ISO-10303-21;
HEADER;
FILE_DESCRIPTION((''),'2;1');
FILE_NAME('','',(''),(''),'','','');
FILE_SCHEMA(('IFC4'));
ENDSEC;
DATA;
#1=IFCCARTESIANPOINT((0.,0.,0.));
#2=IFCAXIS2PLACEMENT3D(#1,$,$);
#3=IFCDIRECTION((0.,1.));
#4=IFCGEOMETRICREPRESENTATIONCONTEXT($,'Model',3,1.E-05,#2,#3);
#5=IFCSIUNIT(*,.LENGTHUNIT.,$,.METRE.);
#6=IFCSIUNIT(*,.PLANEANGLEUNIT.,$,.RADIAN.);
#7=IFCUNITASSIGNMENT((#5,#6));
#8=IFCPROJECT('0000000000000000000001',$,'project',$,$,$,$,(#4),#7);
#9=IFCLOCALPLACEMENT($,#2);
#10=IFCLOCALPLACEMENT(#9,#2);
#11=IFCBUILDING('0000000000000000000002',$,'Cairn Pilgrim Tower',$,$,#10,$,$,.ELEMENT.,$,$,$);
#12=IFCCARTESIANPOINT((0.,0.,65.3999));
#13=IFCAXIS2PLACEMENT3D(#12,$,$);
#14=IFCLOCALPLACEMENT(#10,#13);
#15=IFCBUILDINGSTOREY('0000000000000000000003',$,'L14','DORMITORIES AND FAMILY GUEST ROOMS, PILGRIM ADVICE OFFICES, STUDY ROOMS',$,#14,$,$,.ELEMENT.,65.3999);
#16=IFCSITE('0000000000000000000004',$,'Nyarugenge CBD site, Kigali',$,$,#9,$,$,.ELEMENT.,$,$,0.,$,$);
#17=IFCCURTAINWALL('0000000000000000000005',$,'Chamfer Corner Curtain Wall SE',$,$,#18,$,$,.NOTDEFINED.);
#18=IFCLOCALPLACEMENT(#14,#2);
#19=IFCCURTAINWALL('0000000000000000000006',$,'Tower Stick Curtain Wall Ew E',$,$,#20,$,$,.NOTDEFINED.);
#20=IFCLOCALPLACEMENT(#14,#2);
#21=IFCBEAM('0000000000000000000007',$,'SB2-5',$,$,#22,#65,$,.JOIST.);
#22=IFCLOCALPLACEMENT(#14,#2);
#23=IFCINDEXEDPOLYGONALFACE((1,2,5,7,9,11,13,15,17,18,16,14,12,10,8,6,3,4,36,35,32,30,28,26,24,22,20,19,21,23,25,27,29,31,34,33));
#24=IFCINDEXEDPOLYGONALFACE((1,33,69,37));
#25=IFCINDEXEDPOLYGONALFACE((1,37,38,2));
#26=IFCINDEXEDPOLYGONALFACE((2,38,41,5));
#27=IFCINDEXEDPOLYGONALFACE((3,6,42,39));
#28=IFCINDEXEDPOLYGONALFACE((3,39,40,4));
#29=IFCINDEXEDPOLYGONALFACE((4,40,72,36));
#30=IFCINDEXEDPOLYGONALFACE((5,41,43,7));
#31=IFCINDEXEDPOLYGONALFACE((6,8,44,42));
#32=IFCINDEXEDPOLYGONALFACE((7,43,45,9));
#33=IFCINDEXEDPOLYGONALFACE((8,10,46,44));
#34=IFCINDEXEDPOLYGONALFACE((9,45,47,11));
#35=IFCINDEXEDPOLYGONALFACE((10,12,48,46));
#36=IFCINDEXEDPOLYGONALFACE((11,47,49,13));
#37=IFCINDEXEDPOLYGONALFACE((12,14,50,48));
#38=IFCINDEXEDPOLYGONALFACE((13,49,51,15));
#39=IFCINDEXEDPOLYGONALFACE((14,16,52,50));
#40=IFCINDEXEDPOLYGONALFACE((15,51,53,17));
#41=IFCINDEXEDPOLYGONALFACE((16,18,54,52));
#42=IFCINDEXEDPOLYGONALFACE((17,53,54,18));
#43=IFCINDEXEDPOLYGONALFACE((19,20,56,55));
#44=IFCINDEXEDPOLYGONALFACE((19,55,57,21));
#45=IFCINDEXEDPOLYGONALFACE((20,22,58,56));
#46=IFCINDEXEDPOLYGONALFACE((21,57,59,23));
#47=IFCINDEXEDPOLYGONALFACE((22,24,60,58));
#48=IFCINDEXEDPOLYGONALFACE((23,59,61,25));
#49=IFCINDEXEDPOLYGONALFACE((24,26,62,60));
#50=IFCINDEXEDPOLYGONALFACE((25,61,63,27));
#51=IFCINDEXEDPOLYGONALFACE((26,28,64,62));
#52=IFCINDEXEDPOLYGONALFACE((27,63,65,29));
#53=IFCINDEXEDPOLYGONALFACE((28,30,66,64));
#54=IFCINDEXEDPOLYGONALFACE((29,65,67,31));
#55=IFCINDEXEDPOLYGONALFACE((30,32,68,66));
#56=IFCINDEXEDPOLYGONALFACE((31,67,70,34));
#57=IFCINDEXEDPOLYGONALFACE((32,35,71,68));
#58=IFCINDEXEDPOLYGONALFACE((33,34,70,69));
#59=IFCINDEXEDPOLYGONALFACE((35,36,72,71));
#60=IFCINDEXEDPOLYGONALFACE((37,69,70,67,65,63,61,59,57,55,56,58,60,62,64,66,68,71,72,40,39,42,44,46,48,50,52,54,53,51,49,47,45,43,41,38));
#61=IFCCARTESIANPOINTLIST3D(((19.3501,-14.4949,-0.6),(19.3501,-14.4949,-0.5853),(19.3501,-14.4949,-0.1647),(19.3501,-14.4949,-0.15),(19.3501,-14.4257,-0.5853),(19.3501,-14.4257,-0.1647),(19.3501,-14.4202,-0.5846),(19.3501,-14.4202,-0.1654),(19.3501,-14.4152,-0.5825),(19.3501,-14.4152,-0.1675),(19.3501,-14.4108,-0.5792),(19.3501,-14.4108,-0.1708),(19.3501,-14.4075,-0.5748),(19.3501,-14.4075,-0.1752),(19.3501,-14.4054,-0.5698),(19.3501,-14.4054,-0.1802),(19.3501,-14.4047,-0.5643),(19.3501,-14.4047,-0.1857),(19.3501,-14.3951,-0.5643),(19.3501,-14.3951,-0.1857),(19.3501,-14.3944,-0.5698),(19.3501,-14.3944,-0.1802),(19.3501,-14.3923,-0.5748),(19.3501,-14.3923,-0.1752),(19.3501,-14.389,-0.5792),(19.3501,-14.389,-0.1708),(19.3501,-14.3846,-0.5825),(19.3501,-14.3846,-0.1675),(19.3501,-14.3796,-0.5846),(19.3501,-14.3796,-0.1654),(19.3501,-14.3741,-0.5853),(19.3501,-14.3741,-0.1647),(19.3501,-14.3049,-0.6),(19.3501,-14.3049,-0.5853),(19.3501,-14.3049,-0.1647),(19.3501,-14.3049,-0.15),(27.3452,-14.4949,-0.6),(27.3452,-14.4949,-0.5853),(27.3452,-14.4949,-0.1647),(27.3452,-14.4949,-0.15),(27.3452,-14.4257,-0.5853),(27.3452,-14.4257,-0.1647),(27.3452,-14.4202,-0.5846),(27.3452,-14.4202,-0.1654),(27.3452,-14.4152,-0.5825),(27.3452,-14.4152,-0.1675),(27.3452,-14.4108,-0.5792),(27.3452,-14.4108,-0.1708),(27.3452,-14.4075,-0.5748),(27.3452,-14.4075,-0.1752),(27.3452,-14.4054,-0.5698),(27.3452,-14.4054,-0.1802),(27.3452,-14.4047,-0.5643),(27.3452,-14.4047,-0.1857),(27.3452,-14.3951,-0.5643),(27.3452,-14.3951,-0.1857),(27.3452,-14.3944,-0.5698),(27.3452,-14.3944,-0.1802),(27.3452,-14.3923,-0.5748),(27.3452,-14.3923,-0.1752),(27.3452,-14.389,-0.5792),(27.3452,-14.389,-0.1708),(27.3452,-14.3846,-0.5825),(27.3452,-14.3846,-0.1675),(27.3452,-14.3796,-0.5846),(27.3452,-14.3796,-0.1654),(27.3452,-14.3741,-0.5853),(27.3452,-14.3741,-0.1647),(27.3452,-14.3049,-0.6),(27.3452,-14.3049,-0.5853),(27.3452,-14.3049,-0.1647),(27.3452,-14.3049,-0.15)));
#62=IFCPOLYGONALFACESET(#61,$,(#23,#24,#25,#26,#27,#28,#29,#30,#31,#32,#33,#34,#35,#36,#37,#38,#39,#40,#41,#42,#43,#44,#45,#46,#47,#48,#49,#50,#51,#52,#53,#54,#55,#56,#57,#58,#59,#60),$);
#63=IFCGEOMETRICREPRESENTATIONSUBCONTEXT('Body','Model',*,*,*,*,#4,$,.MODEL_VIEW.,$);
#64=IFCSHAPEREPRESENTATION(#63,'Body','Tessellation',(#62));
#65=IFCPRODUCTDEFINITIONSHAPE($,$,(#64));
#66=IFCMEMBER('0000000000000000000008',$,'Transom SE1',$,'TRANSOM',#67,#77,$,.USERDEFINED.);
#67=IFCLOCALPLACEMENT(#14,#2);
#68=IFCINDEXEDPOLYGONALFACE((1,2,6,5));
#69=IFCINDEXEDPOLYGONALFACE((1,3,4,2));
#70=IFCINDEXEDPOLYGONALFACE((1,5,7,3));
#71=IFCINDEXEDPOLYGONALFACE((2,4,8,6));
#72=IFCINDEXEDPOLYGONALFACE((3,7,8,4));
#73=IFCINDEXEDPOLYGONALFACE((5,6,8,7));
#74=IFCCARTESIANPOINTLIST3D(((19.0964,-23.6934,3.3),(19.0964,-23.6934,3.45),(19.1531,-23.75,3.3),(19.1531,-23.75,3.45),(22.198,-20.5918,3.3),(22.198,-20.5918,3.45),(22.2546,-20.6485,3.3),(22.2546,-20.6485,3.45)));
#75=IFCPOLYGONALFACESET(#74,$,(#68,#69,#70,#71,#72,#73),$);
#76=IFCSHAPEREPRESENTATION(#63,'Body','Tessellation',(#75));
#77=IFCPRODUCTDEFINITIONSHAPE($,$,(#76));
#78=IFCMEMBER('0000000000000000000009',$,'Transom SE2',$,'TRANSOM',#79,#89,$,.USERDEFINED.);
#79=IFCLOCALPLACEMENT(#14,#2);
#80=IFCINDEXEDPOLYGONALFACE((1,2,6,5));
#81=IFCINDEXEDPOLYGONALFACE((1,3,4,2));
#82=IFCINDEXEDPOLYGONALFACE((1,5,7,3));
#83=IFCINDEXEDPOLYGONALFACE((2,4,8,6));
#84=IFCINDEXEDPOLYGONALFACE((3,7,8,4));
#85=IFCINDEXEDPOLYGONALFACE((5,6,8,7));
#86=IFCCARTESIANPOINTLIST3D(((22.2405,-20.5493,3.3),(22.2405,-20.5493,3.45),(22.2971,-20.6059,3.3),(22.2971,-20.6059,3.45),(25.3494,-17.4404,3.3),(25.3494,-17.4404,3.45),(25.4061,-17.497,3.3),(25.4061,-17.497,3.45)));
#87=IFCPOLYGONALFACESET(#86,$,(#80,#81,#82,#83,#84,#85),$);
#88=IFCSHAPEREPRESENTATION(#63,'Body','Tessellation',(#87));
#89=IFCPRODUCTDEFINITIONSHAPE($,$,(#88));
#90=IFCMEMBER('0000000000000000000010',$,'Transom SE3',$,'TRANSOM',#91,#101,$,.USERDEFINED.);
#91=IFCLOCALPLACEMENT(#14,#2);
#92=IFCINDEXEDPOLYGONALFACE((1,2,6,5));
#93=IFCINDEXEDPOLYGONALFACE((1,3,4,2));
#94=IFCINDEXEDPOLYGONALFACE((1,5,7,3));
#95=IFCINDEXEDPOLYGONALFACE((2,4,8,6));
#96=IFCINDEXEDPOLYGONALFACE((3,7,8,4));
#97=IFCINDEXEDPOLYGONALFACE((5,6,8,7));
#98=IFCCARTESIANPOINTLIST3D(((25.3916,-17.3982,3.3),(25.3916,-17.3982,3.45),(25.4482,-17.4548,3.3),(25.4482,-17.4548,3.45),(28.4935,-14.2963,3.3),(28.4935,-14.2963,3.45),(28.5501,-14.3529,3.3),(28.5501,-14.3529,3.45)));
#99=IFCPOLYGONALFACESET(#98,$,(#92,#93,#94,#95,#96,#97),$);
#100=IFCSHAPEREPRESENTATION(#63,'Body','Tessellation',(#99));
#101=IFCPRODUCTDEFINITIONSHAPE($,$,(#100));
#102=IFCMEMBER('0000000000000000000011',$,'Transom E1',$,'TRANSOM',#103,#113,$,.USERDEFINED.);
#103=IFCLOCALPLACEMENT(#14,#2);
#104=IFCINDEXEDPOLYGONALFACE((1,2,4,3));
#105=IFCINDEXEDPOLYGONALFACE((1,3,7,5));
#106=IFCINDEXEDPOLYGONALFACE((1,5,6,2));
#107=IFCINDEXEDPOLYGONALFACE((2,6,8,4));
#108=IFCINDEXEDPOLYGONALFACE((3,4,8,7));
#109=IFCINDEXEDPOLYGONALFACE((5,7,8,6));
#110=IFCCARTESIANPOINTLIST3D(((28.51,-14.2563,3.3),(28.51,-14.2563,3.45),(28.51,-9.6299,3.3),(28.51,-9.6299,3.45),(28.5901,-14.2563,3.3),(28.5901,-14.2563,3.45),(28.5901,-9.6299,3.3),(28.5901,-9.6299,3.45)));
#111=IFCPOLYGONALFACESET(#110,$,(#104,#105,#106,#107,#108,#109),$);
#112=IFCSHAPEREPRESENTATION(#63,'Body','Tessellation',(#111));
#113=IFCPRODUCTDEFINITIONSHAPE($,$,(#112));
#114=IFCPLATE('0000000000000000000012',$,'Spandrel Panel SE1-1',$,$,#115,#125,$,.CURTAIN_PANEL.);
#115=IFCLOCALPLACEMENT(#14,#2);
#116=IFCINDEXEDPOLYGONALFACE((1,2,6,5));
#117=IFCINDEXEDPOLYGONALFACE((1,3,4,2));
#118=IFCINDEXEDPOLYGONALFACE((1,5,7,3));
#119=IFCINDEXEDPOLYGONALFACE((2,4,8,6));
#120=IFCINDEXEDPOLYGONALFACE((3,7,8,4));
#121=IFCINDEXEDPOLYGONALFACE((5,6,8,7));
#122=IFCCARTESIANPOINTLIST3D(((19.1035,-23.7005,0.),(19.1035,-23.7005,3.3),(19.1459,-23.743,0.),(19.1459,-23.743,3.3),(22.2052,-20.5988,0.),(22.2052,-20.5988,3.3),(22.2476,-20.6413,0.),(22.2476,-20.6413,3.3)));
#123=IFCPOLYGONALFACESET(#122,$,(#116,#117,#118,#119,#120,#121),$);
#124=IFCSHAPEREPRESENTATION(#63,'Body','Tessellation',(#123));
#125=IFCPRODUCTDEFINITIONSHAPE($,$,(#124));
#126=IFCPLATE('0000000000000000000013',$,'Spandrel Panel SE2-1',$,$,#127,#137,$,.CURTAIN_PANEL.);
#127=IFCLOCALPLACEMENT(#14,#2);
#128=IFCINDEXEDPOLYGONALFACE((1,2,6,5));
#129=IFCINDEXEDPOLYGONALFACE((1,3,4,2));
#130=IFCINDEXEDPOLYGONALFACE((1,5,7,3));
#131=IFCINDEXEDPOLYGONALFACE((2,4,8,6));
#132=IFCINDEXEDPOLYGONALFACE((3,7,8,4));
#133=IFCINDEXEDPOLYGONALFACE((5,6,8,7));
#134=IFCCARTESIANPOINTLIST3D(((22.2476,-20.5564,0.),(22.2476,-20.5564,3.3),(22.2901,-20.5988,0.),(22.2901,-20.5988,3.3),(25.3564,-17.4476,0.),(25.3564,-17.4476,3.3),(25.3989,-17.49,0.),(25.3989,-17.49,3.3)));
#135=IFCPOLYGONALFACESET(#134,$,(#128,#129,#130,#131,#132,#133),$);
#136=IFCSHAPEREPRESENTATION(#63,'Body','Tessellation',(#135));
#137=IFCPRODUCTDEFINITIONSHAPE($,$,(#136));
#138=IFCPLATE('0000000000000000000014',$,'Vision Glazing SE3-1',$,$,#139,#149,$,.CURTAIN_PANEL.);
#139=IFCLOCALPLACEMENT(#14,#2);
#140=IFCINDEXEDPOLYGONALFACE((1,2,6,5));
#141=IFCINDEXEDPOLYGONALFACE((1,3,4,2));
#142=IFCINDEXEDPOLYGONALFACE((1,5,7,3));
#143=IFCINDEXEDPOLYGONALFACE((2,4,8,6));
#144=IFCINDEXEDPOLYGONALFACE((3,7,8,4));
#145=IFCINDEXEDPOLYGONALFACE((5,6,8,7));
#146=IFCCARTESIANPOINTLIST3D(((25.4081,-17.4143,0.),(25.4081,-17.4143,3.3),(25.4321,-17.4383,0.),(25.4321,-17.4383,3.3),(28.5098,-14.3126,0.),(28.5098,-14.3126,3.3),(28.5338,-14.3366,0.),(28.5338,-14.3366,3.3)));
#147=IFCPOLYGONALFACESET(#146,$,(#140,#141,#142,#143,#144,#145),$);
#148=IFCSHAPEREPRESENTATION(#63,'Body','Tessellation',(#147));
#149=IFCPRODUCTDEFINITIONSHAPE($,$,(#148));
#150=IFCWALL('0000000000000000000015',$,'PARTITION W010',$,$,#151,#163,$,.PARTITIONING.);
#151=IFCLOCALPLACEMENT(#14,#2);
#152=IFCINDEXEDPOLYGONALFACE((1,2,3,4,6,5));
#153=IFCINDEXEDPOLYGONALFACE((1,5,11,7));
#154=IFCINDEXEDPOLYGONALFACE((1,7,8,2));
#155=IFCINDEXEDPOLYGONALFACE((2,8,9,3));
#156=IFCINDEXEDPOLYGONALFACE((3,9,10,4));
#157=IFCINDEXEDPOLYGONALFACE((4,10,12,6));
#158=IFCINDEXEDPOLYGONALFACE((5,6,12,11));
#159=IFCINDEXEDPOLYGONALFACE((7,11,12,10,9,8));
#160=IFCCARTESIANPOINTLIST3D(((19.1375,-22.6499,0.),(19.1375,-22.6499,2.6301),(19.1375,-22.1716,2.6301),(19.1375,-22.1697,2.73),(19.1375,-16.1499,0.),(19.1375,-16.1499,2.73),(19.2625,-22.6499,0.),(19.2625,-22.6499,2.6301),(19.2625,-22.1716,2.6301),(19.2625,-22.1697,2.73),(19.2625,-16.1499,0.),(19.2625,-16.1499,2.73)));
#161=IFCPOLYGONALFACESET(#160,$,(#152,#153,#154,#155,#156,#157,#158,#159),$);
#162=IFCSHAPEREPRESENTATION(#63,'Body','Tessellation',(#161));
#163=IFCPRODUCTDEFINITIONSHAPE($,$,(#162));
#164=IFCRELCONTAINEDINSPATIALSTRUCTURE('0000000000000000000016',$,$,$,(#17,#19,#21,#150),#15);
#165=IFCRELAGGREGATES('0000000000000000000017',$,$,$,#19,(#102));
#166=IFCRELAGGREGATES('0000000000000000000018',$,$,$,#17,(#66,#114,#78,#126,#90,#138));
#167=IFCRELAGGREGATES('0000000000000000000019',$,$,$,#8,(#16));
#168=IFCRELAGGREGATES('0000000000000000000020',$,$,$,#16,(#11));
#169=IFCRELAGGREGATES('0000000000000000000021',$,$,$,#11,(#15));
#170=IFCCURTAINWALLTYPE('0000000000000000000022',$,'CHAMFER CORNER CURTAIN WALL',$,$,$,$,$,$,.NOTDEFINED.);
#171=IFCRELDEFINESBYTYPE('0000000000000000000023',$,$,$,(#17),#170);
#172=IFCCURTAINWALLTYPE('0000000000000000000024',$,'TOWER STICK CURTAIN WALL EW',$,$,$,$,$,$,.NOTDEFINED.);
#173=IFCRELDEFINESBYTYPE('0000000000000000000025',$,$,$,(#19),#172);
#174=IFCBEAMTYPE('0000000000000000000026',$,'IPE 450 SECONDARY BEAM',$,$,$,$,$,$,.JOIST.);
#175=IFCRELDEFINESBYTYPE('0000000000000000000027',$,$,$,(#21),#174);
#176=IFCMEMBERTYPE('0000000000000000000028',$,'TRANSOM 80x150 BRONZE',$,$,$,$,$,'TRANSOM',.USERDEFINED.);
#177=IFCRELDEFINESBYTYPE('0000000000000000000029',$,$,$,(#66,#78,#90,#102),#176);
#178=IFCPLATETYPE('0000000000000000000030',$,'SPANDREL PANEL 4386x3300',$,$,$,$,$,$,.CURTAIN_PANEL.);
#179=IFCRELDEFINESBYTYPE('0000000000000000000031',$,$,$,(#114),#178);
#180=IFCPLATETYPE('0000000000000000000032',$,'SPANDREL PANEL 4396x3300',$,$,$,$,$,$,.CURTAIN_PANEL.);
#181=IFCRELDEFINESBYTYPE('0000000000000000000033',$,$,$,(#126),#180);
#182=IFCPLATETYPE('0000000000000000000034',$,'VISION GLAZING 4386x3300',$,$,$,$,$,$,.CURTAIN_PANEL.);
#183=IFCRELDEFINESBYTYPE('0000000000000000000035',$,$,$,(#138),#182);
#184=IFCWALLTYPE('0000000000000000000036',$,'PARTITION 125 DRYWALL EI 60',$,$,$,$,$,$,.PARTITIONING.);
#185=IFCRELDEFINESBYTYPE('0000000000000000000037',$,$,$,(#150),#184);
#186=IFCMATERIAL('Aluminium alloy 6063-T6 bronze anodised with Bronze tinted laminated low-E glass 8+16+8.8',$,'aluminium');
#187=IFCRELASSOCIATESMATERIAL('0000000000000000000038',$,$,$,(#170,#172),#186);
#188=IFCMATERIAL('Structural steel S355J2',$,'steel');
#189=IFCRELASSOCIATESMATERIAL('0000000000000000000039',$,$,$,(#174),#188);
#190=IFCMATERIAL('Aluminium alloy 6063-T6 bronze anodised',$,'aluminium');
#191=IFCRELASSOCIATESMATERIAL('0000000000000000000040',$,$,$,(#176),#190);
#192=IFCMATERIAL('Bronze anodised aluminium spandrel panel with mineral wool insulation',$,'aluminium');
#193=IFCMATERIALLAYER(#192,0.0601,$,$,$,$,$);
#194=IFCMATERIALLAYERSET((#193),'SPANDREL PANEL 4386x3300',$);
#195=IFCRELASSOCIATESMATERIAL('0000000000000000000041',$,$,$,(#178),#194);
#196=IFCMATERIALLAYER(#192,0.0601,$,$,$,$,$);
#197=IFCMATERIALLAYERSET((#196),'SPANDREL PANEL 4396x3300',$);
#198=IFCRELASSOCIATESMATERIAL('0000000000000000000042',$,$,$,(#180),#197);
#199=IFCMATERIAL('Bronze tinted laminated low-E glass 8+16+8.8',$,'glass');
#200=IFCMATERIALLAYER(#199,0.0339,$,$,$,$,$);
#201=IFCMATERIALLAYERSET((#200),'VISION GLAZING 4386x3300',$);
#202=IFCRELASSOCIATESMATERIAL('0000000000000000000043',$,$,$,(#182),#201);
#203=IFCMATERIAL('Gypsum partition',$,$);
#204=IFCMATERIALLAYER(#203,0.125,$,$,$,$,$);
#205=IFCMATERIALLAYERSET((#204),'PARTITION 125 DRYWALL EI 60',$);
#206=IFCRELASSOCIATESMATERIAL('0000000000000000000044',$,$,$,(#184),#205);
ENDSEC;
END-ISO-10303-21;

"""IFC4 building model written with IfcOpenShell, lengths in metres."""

from ifc_helpers import new_model, si_unit, direction, frame, origin, origin_2d, place, context, subcontext, project, spatial, polyline, rectangle, i_section, outline, extrude, material, layer, layer_set, material_profile, profile_set, type_object, element, aggregate, save


model = new_model("IFC4")

# Units and contexts
model_context = context("Model", 3, precision=1e-05, world=origin(), true_north=direction((0.0, 1.0)))
body_context = subcontext(model_context, "Body", "Model", "MODEL_VIEW")
ifc_project = project(units=[si_unit("LENGTHUNIT", "METRE"), si_unit("PLANEANGLEUNIT", "RADIAN")], contexts=[model_context])

# Site, building, storey
site_placement = place(None, origin())
site = spatial("IfcSite", under=ifc_project, at=site_placement, Name="Nyarugenge CBD site, Kigali", CompositionType="ELEMENT", RefElevation=0.0)
building_placement = place(site_placement, origin())
building = spatial("IfcBuilding", under=site, at=building_placement, Name="Cairn Pilgrim Tower", CompositionType="ELEMENT")
storey_placement = place(building_placement, frame((0.0, 0.0, 65.3999)))
storey = spatial("IfcBuildingStorey", under=building, at=storey_placement, Name="L14", Description="DORMITORIES AND FAMILY GUEST ROOMS, PILGRIM ADVICE OFFICES, STUDY ROOMS", CompositionType="ELEMENT", Elevation=65.3999)

# Shared definitions
ifc_material_1 = material(Name="Structural steel S355J2", Category="steel")

# Curtain wall
ifc_material_2 = material(Name="Aluminium alloy 6063-T6 bronze anodised with Bronze tinted laminated low-E glass 8+16+8.8", Category="aluminium")
curtain_wall_type_1 = type_object("IfcCurtainWallType", Name="CHAMFER CORNER CURTAIN WALL", PredefinedType="NOTDEFINED", material=ifc_material_2)
curtain_wall_1_placement = place(storey_placement, origin())
curtain_wall_1 = element("IfcCurtainWall", 1, at=curtain_wall_1_placement, inside=storey, type_object=curtain_wall_type_1, Name="Chamfer Corner Curtain Wall SE", PredefinedType="NOTDEFINED")
ifc_material_3 = material(Name="Aluminium alloy 6063-T6 bronze anodised", Category="aluminium")

# Curtain wall
curtain_wall_type_2 = type_object("IfcCurtainWallType", Name="TOWER STICK CURTAIN WALL EW", PredefinedType="NOTDEFINED", material=ifc_material_2)
curtain_wall_2_placement = place(storey_placement, origin())
curtain_wall_2 = element("IfcCurtainWall", 2, at=curtain_wall_2_placement, inside=storey, type_object=curtain_wall_type_2, Name="Tower Stick Curtain Wall Ew E", PredefinedType="NOTDEFINED")

# Beam
ifc_material_profile_1 = material_profile(ifc_material_1, i_section(OverallWidth=0.1899, OverallDepth=0.45, WebThickness=0.0095, FlangeThickness=0.0146, FilletRadius=0.021, at=origin_2d()), Name="IPE 450")
ifc_profile_set_1 = profile_set([ifc_material_profile_1], Name="Structural steel S355J2")
beam_type_1 = type_object("IfcBeamType", Name="IPE 450 SECONDARY BEAM", PredefinedType="JOIST", material=ifc_profile_set_1)
beam_1_placement = place(storey_placement, frame((19.3501, -14.3999, -0.375), z_axis=(1.0, 0.0, 0.0), x_axis=(0.0, 1.0, 0.0)))
element("IfcBeam", 3, at=beam_1_placement, inside=storey, type_object=beam_type_1, Name="SB2-5", PredefinedType="JOIST", context=body_context, shape_type="SweptSolid", body=[
    extrude(i_section(OverallWidth=0.1899, OverallDepth=0.45, WebThickness=0.0095, FlangeThickness=0.0146, FilletRadius=0.021, at=origin_2d()), origin(), (0.0, 0.0, 1.0), 7.9951),
])

# Members
ifc_material_profile_2 = material_profile(ifc_material_3, rectangle(XDim=0.0801, YDim=0.1499, at=origin_2d()), Name="TRANSOM 80x150 BRONZE")
ifc_profile_set_2 = profile_set([ifc_material_profile_2], Name="Aluminium alloy 6063-T6 bronze anodised")
member_type_1 = type_object("IfcMemberType", Name="TRANSOM 80x150 BRONZE", ElementType="TRANSOM", PredefinedType="USERDEFINED", material=ifc_profile_set_2)
member_1_placement = place(storey_placement, frame((19.1248, -23.7217, 3.375), z_axis=(0.707107, 0.707107, 0.0), x_axis=(-0.707107, 0.707107, 0.0)))
member_1 = element("IfcMember", 4, at=member_1_placement, type_object=member_type_1, Name="Transom SE1", ObjectType="TRANSOM", PredefinedType="USERDEFINED", context=body_context, shape_type="SweptSolid", body=[
    extrude(rectangle(XDim=0.0801, YDim=0.1499, at=origin_2d()), origin(), (0.0, 0.0, 1.0), 4.3862),
])
member_2_placement = place(storey_placement, frame((22.2688, -20.5776, 3.375), z_axis=(0.707107, 0.707107, 0.0), x_axis=(-0.707107, 0.707107, 0.0)))
member_2 = element("IfcMember", 5, at=member_2_placement, type_object=member_type_1, Name="Transom SE2", ObjectType="TRANSOM", PredefinedType="USERDEFINED", context=body_context, shape_type="SweptSolid", body=[
    extrude(rectangle(XDim=0.0801, YDim=0.1499, at=origin_2d()), origin(), (0.0, 0.0, 1.0), 4.3967),
])
member_3_placement = place(storey_placement, frame((25.4199, -17.4265, 3.375), z_axis=(0.707107, 0.707107, 0.0), x_axis=(-0.707107, 0.707107, 0.0)))
member_3 = element("IfcMember", 6, at=member_3_placement, type_object=member_type_1, Name="Transom SE3", ObjectType="TRANSOM", PredefinedType="USERDEFINED", context=body_context, shape_type="SweptSolid", body=[
    extrude(rectangle(XDim=0.0801, YDim=0.1499, at=origin_2d()), origin(), (0.0, 0.0, 1.0), 4.3867),
])
member_4_placement = place(storey_placement, frame((28.55, -14.2563, 3.375), z_axis=(0.0, 1.0, 0.0), x_axis=(-1.0, 0.0, 0.0)))
member_4 = element("IfcMember", 7, at=member_4_placement, type_object=member_type_1, Name="Transom E1", ObjectType="TRANSOM", PredefinedType="USERDEFINED", context=body_context, shape_type="SweptSolid", body=[
    extrude(rectangle(XDim=0.0801, YDim=0.1499, at=origin_2d()), origin(), (0.0, 0.0, 1.0), 4.6265),
])
aggregate(curtain_wall_2, [member_4])

# Plates
ifc_material_4 = material(Name="Bronze anodised aluminium spandrel panel with mineral wool insulation", Category="aluminium")
ifc_layer_1 = layer(ifc_material_4, 0.0601)
ifc_layer_set_1 = layer_set([ifc_layer_1], Name="SPANDREL PANEL 4386x3300")
plate_type_1 = type_object("IfcPlateType", Name="SPANDREL PANEL 4386x3300", PredefinedType="CURTAIN_PANEL", material=ifc_layer_set_1)
plate_1_placement = place(storey_placement, frame((20.6755, -22.1709, 0.0), z_axis=(0.0, 0.0, 1.0), x_axis=(0.707107, 0.707107, 0.0)))
plate_1 = element("IfcPlate", 8, at=plate_1_placement, type_object=plate_type_1, Name="Spandrel Panel SE1-1", PredefinedType="CURTAIN_PANEL", context=body_context, shape_type="SweptSolid", body=[
    extrude(rectangle(XDim=4.3865, YDim=0.0601, at=origin_2d()), origin(), (0.0, 0.0, 1.0), 3.3),
])
ifc_layer_2 = layer(ifc_material_4, 0.0601)
ifc_layer_set_2 = layer_set([ifc_layer_2], Name="SPANDREL PANEL 4396x3300")
plate_type_2 = type_object("IfcPlateType", Name="SPANDREL PANEL 4396x3300", PredefinedType="CURTAIN_PANEL", material=ifc_layer_set_2)
plate_2_placement = place(storey_placement, frame((23.8232, -19.0232, 0.0), z_axis=(0.0, 0.0, 1.0), x_axis=(0.707107, 0.707107, 0.0)))
plate_2 = element("IfcPlate", 9, at=plate_2_placement, type_object=plate_type_2, Name="Spandrel Panel SE2-1", PredefinedType="CURTAIN_PANEL", context=body_context, shape_type="SweptSolid", body=[
    extrude(rectangle(XDim=4.3965, YDim=0.0601, at=origin_2d()), origin(), (0.0, 0.0, 1.0), 3.3),
])
ifc_material_5 = material(Name="Bronze tinted laminated low-E glass 8+16+8.8", Category="glass")
ifc_layer_3 = layer(ifc_material_5, 0.0339)
ifc_layer_set_3 = layer_set([ifc_layer_3], Name="VISION GLAZING 4386x3300")
plate_type_3 = type_object("IfcPlateType", Name="VISION GLAZING 4386x3300", PredefinedType="CURTAIN_PANEL", material=ifc_layer_set_3)
plate_3_placement = place(storey_placement, frame((26.9709, -15.8755, 0.0), z_axis=(0.0, 0.0, 1.0), x_axis=(0.707107, 0.707107, 0.0)))
plate_3 = element("IfcPlate", 10, at=plate_3_placement, type_object=plate_type_3, Name="Vision Glazing SE3-1", PredefinedType="CURTAIN_PANEL", context=body_context, shape_type="SweptSolid", body=[
    extrude(rectangle(XDim=4.3865, YDim=0.0339, at=origin_2d()), origin(), (0.0, 0.0, 1.0), 3.3),
])
aggregate(curtain_wall_1, [member_1, plate_1, member_2, plate_2, member_3, plate_3])

# Wall
ifc_material_6 = material(Name="Gypsum partition")
ifc_layer_4 = layer(ifc_material_6, 0.125)
ifc_layer_set_4 = layer_set([ifc_layer_4], Name="PARTITION 125 DRYWALL EI 60")
wall_type_1 = type_object("IfcWallType", Name="PARTITION 125 DRYWALL EI 60", PredefinedType="PARTITIONING", material=ifc_layer_set_4)
wall_1_placement = place(storey_placement, frame((19.2, -22.6499, 0.0), z_axis=(0.0, 0.0, 1.0), x_axis=(0.0, 1.0, 0.0)))
element("IfcWall", 11, at=wall_1_placement, inside=storey, type_object=wall_type_1, Name="PARTITION W010", PredefinedType="PARTITIONING", context=body_context, shape_type="SweptSolid", body=[
    extrude(outline(polyline([(0.0, 0.0), (6.5, 0.0), (6.5, 2.73), (0.4802, 2.73), (0.4783, 2.6301), (0.0, 2.6301), (0.0, 0.0)])), frame((0.0, 0.0625, 0.0), z_axis=(0.0, -1.0, 0.0), x_axis=(1.0, 0.0, 0.0)), (0.0, 0.0, 1.0), 0.125),
])

save(model, "model.ifc")
